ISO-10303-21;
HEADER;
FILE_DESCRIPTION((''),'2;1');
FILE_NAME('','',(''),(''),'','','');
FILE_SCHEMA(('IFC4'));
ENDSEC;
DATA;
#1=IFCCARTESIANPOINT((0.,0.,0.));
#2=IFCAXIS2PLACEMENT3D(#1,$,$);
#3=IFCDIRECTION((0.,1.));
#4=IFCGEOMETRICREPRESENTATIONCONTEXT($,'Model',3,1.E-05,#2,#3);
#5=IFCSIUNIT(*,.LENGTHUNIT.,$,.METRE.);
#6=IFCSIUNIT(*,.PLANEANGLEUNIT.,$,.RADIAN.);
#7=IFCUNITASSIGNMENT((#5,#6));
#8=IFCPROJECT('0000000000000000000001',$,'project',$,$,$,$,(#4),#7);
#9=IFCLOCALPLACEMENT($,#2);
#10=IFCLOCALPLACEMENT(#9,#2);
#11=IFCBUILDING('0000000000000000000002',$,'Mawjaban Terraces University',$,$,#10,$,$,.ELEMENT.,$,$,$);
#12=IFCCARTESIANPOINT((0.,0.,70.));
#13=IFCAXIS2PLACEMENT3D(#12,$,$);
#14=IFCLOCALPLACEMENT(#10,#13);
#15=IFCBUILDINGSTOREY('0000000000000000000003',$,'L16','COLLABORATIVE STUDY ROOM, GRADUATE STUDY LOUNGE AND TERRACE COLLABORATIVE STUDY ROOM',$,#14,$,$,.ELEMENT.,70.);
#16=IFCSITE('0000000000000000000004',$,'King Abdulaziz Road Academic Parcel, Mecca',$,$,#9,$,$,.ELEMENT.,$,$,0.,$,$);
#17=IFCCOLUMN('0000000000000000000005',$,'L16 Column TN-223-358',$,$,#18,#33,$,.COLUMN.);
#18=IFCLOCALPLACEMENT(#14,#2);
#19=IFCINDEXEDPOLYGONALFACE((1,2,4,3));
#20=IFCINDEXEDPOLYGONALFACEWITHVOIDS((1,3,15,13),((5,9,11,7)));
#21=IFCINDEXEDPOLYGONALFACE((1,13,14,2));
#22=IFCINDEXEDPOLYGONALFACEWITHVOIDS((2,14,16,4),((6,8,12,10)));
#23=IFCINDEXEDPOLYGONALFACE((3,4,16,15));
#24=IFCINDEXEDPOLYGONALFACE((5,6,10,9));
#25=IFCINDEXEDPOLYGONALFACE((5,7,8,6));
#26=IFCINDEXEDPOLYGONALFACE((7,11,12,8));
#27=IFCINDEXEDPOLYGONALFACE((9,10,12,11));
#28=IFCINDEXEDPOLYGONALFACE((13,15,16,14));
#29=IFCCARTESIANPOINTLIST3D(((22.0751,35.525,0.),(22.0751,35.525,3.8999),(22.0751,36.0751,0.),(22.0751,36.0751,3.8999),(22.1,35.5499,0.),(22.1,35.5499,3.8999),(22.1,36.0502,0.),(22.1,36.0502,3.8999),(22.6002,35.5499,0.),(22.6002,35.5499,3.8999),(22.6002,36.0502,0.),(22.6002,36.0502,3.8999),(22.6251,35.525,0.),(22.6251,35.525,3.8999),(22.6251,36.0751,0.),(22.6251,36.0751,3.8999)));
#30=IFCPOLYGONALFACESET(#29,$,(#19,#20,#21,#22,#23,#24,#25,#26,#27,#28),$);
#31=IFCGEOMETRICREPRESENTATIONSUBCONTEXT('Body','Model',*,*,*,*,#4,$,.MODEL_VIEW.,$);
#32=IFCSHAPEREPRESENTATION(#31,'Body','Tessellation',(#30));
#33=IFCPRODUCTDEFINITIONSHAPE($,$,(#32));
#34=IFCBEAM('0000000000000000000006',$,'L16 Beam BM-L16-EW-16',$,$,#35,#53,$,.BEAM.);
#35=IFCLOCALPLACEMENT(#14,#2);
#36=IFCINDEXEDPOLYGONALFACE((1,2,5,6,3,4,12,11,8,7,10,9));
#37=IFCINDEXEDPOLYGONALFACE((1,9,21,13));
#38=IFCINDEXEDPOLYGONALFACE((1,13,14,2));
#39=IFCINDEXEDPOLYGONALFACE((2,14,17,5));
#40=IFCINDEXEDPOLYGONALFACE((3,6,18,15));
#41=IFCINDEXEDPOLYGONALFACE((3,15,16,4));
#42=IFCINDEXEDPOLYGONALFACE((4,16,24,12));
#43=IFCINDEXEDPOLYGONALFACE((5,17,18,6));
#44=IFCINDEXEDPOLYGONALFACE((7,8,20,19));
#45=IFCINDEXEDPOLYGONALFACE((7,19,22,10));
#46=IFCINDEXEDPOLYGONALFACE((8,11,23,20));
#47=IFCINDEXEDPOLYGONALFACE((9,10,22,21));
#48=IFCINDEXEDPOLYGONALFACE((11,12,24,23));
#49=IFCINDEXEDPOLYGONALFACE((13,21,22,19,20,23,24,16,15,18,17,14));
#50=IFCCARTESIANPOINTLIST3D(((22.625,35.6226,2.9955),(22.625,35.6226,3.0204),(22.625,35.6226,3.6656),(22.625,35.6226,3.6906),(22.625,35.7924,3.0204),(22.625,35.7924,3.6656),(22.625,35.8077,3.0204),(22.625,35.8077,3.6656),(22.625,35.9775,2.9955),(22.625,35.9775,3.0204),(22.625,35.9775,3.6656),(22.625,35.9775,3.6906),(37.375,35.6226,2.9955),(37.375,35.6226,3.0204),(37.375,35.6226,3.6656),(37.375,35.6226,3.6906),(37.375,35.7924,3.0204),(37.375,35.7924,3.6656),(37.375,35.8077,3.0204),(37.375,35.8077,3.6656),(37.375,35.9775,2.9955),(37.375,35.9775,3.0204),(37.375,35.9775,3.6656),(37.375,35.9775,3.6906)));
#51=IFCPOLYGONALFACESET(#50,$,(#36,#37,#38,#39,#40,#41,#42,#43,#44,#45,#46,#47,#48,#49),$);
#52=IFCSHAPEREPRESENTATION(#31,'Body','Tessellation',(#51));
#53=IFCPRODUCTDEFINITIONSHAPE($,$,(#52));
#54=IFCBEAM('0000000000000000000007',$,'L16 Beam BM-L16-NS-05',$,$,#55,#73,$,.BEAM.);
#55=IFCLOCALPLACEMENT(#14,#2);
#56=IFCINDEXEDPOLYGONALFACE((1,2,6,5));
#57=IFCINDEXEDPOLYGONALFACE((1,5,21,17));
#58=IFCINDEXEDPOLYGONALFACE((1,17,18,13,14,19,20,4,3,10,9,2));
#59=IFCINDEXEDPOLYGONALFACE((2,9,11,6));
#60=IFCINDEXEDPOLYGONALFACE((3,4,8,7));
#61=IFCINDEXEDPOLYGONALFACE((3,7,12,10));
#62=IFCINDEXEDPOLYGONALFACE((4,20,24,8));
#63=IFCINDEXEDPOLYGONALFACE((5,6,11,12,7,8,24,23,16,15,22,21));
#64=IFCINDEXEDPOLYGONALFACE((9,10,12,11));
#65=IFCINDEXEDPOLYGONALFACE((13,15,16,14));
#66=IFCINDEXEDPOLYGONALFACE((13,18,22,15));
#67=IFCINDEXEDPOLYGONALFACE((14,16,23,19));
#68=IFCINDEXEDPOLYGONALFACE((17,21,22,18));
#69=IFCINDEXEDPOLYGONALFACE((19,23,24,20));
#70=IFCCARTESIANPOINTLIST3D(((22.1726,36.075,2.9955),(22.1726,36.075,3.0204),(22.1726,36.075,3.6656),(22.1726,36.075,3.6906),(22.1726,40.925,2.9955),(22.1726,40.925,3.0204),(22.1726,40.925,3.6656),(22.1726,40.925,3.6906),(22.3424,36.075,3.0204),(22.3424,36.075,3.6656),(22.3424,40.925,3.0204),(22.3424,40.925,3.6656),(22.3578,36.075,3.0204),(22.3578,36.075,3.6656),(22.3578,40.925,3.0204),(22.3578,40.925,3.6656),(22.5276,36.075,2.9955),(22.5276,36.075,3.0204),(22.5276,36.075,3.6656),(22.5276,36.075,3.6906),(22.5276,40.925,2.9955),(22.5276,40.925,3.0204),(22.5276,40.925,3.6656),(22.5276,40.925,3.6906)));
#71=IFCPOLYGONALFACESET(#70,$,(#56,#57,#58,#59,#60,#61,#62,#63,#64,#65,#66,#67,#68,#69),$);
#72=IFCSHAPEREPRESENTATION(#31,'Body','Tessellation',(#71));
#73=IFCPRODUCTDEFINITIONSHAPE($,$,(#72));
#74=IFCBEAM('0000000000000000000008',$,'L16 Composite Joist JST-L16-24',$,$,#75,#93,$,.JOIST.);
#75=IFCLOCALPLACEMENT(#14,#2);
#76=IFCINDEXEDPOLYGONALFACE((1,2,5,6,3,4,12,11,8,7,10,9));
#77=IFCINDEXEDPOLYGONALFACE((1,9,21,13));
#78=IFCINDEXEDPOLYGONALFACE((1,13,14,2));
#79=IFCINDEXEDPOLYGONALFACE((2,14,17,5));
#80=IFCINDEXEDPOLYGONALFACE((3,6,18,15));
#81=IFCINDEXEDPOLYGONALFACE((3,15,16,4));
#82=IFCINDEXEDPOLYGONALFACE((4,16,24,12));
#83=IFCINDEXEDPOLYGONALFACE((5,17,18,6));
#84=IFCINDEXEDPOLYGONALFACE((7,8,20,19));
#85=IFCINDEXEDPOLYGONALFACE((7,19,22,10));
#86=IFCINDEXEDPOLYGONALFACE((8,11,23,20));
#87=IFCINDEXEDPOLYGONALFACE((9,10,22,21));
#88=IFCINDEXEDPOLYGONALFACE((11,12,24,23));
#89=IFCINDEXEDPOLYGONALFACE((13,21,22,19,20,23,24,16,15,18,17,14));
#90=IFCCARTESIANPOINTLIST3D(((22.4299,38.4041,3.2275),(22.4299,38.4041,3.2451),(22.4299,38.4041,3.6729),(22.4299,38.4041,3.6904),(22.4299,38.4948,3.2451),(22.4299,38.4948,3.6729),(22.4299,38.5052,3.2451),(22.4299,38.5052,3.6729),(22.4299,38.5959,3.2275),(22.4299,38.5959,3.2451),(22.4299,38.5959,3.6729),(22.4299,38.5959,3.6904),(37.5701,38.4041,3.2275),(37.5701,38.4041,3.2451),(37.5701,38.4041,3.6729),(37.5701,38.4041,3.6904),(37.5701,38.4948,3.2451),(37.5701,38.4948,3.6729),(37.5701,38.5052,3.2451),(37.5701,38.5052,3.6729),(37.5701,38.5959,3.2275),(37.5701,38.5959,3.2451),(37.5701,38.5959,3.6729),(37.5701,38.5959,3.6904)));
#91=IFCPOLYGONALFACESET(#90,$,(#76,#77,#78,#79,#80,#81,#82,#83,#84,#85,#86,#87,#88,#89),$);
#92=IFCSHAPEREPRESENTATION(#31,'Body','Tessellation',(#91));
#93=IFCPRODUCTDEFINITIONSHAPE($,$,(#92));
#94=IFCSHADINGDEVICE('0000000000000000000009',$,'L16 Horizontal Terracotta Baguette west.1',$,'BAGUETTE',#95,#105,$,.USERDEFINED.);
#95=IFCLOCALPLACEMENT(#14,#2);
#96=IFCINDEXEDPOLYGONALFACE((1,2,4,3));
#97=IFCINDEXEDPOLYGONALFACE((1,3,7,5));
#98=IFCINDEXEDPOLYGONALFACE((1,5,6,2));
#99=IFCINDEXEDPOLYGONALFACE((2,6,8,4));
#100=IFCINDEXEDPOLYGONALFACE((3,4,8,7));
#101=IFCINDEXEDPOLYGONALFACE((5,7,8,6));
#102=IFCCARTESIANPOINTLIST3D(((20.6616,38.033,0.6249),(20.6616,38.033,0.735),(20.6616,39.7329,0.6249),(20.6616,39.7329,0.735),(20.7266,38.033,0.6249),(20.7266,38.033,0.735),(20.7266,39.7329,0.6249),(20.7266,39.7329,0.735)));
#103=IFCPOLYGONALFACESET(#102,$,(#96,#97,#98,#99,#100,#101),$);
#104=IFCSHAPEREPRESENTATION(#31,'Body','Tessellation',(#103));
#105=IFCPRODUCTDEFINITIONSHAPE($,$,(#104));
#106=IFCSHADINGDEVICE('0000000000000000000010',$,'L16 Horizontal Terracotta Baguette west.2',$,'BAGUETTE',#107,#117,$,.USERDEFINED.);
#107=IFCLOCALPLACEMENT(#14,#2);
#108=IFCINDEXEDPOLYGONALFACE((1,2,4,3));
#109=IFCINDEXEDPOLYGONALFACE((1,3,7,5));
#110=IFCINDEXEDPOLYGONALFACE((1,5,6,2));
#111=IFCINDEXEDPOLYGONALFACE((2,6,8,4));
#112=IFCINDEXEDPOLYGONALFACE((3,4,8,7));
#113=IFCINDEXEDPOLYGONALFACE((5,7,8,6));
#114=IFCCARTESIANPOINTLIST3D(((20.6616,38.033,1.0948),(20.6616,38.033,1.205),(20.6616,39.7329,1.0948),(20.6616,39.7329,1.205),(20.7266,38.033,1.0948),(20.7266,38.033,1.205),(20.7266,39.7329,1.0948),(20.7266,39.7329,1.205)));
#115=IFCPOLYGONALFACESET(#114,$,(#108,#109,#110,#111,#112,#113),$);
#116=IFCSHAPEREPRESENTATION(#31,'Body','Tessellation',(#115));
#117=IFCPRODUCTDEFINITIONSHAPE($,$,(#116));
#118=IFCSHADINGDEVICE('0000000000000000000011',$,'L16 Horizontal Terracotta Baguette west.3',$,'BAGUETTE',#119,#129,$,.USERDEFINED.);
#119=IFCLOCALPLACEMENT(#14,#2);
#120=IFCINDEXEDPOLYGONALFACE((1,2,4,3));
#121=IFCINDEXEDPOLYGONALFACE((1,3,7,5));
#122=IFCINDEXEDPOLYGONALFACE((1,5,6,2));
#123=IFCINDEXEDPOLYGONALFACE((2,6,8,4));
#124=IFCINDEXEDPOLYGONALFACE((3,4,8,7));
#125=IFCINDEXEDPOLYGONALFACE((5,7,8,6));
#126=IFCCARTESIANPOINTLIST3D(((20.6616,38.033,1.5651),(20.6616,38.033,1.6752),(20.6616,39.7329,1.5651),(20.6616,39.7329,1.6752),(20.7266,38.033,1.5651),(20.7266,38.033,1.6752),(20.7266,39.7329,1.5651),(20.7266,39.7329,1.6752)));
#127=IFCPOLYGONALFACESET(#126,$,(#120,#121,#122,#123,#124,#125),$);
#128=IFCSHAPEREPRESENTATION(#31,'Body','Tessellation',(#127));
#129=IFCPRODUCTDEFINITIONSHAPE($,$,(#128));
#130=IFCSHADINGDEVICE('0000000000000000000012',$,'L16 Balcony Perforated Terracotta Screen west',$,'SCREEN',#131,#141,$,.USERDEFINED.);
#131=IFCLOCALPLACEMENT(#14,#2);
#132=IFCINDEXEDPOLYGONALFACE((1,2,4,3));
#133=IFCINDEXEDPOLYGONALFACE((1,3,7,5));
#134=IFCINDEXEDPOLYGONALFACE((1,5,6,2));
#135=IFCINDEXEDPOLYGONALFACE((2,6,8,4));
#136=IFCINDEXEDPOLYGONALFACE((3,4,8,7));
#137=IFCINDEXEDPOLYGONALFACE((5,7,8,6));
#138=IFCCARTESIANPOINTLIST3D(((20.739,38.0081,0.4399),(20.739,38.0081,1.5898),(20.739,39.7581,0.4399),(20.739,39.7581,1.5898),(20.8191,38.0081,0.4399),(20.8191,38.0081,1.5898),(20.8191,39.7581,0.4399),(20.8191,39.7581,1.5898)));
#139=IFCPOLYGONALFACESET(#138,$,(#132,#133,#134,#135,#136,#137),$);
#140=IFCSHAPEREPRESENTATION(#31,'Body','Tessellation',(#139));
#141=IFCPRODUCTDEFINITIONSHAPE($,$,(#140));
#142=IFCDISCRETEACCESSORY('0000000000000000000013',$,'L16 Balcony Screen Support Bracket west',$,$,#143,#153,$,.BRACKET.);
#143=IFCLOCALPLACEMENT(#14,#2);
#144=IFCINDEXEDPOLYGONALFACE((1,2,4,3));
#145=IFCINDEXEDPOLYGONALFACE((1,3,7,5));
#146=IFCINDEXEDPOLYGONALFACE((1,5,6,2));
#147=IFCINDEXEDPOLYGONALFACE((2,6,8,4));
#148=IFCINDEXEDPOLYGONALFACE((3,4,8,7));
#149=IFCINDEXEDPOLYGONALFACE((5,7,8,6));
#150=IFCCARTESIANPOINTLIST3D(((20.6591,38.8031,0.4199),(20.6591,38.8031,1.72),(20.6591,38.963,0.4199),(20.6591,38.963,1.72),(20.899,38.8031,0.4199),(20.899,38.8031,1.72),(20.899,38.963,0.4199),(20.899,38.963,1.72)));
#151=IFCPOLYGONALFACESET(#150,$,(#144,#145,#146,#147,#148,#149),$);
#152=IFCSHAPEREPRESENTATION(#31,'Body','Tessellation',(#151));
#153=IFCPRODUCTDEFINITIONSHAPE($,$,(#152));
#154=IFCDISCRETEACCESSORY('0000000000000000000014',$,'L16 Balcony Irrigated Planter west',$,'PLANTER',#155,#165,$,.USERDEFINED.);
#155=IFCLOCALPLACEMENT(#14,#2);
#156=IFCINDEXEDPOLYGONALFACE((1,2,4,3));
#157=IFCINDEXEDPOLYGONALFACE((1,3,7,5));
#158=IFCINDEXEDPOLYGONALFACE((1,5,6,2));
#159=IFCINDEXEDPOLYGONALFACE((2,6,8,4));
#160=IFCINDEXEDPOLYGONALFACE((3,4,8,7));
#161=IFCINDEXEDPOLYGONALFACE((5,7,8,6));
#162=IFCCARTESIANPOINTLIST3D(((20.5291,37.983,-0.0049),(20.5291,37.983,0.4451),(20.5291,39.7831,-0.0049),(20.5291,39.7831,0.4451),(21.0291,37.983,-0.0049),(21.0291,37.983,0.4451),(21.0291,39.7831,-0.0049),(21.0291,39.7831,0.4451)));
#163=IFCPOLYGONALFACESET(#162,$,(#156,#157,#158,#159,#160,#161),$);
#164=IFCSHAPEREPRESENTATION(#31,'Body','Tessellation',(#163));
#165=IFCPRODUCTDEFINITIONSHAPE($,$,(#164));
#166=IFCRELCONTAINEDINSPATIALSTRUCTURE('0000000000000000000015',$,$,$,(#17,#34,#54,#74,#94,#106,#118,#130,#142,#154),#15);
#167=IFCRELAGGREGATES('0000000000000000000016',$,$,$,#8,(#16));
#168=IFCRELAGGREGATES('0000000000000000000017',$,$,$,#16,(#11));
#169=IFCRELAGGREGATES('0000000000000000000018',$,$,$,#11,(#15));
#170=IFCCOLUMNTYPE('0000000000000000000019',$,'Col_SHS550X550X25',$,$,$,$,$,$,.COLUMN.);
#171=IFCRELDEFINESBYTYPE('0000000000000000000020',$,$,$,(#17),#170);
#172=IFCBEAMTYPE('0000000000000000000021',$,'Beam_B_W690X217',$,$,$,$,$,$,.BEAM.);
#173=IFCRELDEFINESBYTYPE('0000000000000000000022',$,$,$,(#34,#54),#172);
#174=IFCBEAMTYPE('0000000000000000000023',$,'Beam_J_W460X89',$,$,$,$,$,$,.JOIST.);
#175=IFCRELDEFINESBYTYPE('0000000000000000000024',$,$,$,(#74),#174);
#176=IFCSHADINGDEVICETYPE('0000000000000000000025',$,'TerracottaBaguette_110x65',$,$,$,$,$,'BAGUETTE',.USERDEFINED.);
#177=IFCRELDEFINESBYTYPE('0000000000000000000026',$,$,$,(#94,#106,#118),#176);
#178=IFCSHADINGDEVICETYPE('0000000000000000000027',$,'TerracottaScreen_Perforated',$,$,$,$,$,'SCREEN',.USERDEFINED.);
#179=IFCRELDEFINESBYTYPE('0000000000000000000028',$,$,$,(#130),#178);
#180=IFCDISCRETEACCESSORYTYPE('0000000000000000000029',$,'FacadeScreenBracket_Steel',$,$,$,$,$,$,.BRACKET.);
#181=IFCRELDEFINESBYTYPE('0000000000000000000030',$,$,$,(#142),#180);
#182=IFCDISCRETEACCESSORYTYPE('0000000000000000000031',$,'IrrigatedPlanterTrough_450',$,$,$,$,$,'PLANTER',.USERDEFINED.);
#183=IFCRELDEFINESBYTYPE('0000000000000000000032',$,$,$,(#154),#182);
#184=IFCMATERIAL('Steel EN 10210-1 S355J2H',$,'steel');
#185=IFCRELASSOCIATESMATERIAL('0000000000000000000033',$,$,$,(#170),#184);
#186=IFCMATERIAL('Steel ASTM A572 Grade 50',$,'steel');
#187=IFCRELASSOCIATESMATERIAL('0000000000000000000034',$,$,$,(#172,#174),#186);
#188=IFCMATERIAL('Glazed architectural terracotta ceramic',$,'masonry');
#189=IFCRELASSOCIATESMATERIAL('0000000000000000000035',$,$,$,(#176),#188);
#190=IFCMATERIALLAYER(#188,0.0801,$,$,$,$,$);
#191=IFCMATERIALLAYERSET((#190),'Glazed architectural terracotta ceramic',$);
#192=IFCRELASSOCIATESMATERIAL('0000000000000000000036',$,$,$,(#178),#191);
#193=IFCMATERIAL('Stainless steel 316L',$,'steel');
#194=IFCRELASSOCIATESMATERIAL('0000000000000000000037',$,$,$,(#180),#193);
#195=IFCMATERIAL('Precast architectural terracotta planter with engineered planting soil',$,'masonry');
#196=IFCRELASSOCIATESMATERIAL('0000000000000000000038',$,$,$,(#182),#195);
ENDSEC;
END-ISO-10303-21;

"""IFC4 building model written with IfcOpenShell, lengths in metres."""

from ifc_helpers import new_model, si_unit, direction, frame, origin, origin_2d, place, context, subcontext, project, spatial, rectangle, hollow_rectangle, i_section, extrude, material, layer, layer_set, material_profile, profile_set, type_object, element, save


model = new_model("IFC4")

# Units and contexts
model_context = context("Model", 3, precision=1e-05, world=origin(), true_north=direction((0.0, 1.0)))
body_context = subcontext(model_context, "Body", "Model", "MODEL_VIEW")
ifc_project = project(units=[si_unit("LENGTHUNIT", "METRE"), si_unit("PLANEANGLEUNIT", "RADIAN")], contexts=[model_context])

# Site, building, storey
site_placement = place(None, origin())
site = spatial("IfcSite", under=ifc_project, at=site_placement, Name="King Abdulaziz Road Academic Parcel, Mecca", CompositionType="ELEMENT", RefElevation=0.0)
building_placement = place(site_placement, origin())
building = spatial("IfcBuilding", under=site, at=building_placement, Name="Mawjaban Terraces University", CompositionType="ELEMENT")
storey_placement = place(building_placement, frame((0.0, 0.0, 70.0)))
storey = spatial("IfcBuildingStorey", under=building, at=storey_placement, Name="L16", Description="COLLABORATIVE STUDY ROOM, GRADUATE STUDY LOUNGE AND TERRACE COLLABORATIVE STUDY ROOM", CompositionType="ELEMENT", Elevation=70.0)

# Column
ifc_material_1 = material(Name="Steel EN 10210-1 S355J2H", Category="steel")
ifc_material_profile_1 = material_profile(ifc_material_1, hollow_rectangle(XDim=0.55, YDim=0.55, WallThickness=0.0249, at=origin_2d()), Name="SHS550X550X25")
ifc_profile_set_1 = profile_set([ifc_material_profile_1], Name="Steel EN 10210-1 S355J2H")
column_type = type_object("IfcColumnType", Name="Col_SHS550X550X25", PredefinedType="COLUMN", material=ifc_profile_set_1)
column_placement = place(storey_placement, frame((22.3501, 35.8, 0.0), z_axis=(0.0, 0.0, 1.0), x_axis=(1.0, 0.0, 0.0)))
element("IfcColumn", 1, at=column_placement, inside=storey, type_object=column_type, Name="L16 Column TN-223-358", PredefinedType="COLUMN", context=body_context, shape_type="SweptSolid", body=[
    extrude(hollow_rectangle(XDim=0.55, YDim=0.55, WallThickness=0.0249, at=origin_2d()), origin(), (0.0, 0.0, 1.0), 3.8999),
])

# Beams
ifc_material_2 = material(Name="Steel ASTM A572 Grade 50", Category="steel")
ifc_material_profile_2 = material_profile(ifc_material_2, i_section(OverallWidth=0.355, OverallDepth=0.6951, WebThickness=0.0154, FlangeThickness=0.0249, at=origin_2d()), Name="W690X217")
ifc_profile_set_2 = profile_set([ifc_material_profile_2], Name="Steel ASTM A572 Grade 50")
beam_type_1 = type_object("IfcBeamType", Name="Beam_B_W690X217", PredefinedType="BEAM", material=ifc_profile_set_2)
beam_1_placement = place(storey_placement, frame((22.625, 35.8, 3.343), z_axis=(1.0, 0.0, 0.0), x_axis=(0.0, 1.0, 0.0)))
element("IfcBeam", 2, at=beam_1_placement, inside=storey, type_object=beam_type_1, Name="L16 Beam BM-L16-EW-16", PredefinedType="BEAM", context=body_context, shape_type="SweptSolid", body=[
    extrude(i_section(OverallWidth=0.355, OverallDepth=0.6951, WebThickness=0.0154, FlangeThickness=0.0249, at=origin_2d()), origin(), (0.0, 0.0, 1.0), 14.75),
])
beam_2_placement = place(storey_placement, frame((22.3501, 36.075, 3.343), z_axis=(0.0, 1.0, 0.0), x_axis=(-1.0, 0.0, 0.0)))
element("IfcBeam", 3, at=beam_2_placement, inside=storey, type_object=beam_type_1, Name="L16 Beam BM-L16-NS-05", PredefinedType="BEAM", context=body_context, shape_type="SweptSolid", body=[
    extrude(i_section(OverallWidth=0.355, OverallDepth=0.6951, WebThickness=0.0154, FlangeThickness=0.0249, at=origin_2d()), origin(), (0.0, 0.0, 1.0), 4.8501),
])
ifc_material_profile_3 = material_profile(ifc_material_2, i_section(OverallWidth=0.1919, OverallDepth=0.4629, WebThickness=0.0105, FlangeThickness=0.0176, at=origin_2d()), Name="W460X89")
ifc_profile_set_3 = profile_set([ifc_material_profile_3], Name="Steel ASTM A572 Grade 50")
beam_type_2 = type_object("IfcBeamType", Name="Beam_J_W460X89", PredefinedType="JOIST", material=ifc_profile_set_3)
beam_3_placement = place(storey_placement, frame((22.4299, 38.5, 3.459), z_axis=(1.0, 0.0, 0.0), x_axis=(0.0, 1.0, 0.0)))
element("IfcBeam", 4, at=beam_3_placement, inside=storey, type_object=beam_type_2, Name="L16 Composite Joist JST-L16-24", PredefinedType="JOIST", context=body_context, shape_type="SweptSolid", body=[
    extrude(i_section(OverallWidth=0.1919, OverallDepth=0.4629, WebThickness=0.0105, FlangeThickness=0.0176, at=origin_2d()), origin(), (0.0, 0.0, 1.0), 15.1401),
])

# Shading devices
ifc_material_3 = material(Name="Glazed architectural terracotta ceramic", Category="masonry")
ifc_material_profile_4 = material_profile(ifc_material_3, rectangle(XDim=0.0649, YDim=0.1101, at=origin_2d()), Name="TBAG110X65")
ifc_profile_set_4 = profile_set([ifc_material_profile_4], Name="Glazed architectural terracotta ceramic")
shading_device_type_1 = type_object("IfcShadingDeviceType", Name="TerracottaBaguette_110x65", ElementType="BAGUETTE", PredefinedType="USERDEFINED", material=ifc_profile_set_4)
for number, where, z_axis, x_axis, name in (
    (5, (20.6941, 38.033, 0.6799), (0.0, 1.0, 0.0), (-1.0, 0.0, 0.0), "L16 Horizontal Terracotta Baguette west.1"),
    (6, (20.6941, 38.033, 1.1499), (0.0, 1.0, 0.0), (-1.0, 0.0, 0.0), "L16 Horizontal Terracotta Baguette west.2"),
    (7, (20.6941, 38.033, 1.6201), (0.0, 1.0, 0.0), (-1.0, 0.0, 0.0), "L16 Horizontal Terracotta Baguette west.3"),
):
    element("IfcShadingDevice", number, at=place(storey_placement, frame(where, z_axis=z_axis, x_axis=x_axis)), inside=storey, type_object=shading_device_type_1, Name=name, ObjectType="BAGUETTE", PredefinedType="USERDEFINED", context=body_context, shape_type="SweptSolid", body=[
        extrude(rectangle(XDim=0.0649, YDim=0.1101, at=origin_2d()), origin(), (0.0, 0.0, 1.0), 1.7),
    ])
ifc_layer = layer(ifc_material_3, 0.0801)
ifc_layer_set = layer_set([ifc_layer], Name="Glazed architectural terracotta ceramic")
shading_device_type_2 = type_object("IfcShadingDeviceType", Name="TerracottaScreen_Perforated", ElementType="SCREEN", PredefinedType="USERDEFINED", material=ifc_layer_set)
shading_device_placement = place(storey_placement, frame((20.7791, 38.8831, 0.4399), z_axis=(0.0, 0.0, 1.0), x_axis=(0.0, 1.0, 0.0)))
element("IfcShadingDevice", 8, at=shading_device_placement, inside=storey, type_object=shading_device_type_2, Name="L16 Balcony Perforated Terracotta Screen west", ObjectType="SCREEN", PredefinedType="USERDEFINED", context=body_context, shape_type="SweptSolid", body=[
    extrude(rectangle(XDim=1.75, YDim=0.0801, at=origin_2d()), origin(), (0.0, 0.0, 1.0), 1.1499),
])

# Discrete accessories
ifc_material_4 = material(Name="Stainless steel 316L", Category="steel")
discrete_accessory_type_1 = type_object("IfcDiscreteAccessoryType", Name="FacadeScreenBracket_Steel", PredefinedType="BRACKET", material=ifc_material_4)
discrete_accessory_1_placement = place(storey_placement, frame((20.7791, 38.8831, 0.4199), z_axis=(0.0, 0.0, 1.0), x_axis=(0.0, 1.0, 0.0)))
element("IfcDiscreteAccessory", 9, at=discrete_accessory_1_placement, inside=storey, type_object=discrete_accessory_type_1, Name="L16 Balcony Screen Support Bracket west", PredefinedType="BRACKET", context=body_context, shape_type="SweptSolid", body=[
    extrude(rectangle(XDim=0.1599, YDim=0.24, at=origin_2d()), origin(), (0.0, 0.0, 1.0), 1.3),
])
ifc_material_5 = material(Name="Precast architectural terracotta planter with engineered planting soil", Category="masonry")
discrete_accessory_type_2 = type_object("IfcDiscreteAccessoryType", Name="IrrigatedPlanterTrough_450", ElementType="PLANTER", PredefinedType="USERDEFINED", material=ifc_material_5)
discrete_accessory_2_placement = place(storey_placement, frame((20.7791, 38.8831, -0.0049), z_axis=(0.0, 0.0, 1.0), x_axis=(0.0, 1.0, 0.0)))
element("IfcDiscreteAccessory", 10, at=discrete_accessory_2_placement, inside=storey, type_object=discrete_accessory_type_2, Name="L16 Balcony Irrigated Planter west", ObjectType="PLANTER", PredefinedType="USERDEFINED", context=body_context, shape_type="SweptSolid", body=[
    extrude(rectangle(XDim=1.8, YDim=0.5, at=origin_2d()), origin(), (0.0, 0.0, 1.0), 0.45),
])

save(model, "model.ifc")
